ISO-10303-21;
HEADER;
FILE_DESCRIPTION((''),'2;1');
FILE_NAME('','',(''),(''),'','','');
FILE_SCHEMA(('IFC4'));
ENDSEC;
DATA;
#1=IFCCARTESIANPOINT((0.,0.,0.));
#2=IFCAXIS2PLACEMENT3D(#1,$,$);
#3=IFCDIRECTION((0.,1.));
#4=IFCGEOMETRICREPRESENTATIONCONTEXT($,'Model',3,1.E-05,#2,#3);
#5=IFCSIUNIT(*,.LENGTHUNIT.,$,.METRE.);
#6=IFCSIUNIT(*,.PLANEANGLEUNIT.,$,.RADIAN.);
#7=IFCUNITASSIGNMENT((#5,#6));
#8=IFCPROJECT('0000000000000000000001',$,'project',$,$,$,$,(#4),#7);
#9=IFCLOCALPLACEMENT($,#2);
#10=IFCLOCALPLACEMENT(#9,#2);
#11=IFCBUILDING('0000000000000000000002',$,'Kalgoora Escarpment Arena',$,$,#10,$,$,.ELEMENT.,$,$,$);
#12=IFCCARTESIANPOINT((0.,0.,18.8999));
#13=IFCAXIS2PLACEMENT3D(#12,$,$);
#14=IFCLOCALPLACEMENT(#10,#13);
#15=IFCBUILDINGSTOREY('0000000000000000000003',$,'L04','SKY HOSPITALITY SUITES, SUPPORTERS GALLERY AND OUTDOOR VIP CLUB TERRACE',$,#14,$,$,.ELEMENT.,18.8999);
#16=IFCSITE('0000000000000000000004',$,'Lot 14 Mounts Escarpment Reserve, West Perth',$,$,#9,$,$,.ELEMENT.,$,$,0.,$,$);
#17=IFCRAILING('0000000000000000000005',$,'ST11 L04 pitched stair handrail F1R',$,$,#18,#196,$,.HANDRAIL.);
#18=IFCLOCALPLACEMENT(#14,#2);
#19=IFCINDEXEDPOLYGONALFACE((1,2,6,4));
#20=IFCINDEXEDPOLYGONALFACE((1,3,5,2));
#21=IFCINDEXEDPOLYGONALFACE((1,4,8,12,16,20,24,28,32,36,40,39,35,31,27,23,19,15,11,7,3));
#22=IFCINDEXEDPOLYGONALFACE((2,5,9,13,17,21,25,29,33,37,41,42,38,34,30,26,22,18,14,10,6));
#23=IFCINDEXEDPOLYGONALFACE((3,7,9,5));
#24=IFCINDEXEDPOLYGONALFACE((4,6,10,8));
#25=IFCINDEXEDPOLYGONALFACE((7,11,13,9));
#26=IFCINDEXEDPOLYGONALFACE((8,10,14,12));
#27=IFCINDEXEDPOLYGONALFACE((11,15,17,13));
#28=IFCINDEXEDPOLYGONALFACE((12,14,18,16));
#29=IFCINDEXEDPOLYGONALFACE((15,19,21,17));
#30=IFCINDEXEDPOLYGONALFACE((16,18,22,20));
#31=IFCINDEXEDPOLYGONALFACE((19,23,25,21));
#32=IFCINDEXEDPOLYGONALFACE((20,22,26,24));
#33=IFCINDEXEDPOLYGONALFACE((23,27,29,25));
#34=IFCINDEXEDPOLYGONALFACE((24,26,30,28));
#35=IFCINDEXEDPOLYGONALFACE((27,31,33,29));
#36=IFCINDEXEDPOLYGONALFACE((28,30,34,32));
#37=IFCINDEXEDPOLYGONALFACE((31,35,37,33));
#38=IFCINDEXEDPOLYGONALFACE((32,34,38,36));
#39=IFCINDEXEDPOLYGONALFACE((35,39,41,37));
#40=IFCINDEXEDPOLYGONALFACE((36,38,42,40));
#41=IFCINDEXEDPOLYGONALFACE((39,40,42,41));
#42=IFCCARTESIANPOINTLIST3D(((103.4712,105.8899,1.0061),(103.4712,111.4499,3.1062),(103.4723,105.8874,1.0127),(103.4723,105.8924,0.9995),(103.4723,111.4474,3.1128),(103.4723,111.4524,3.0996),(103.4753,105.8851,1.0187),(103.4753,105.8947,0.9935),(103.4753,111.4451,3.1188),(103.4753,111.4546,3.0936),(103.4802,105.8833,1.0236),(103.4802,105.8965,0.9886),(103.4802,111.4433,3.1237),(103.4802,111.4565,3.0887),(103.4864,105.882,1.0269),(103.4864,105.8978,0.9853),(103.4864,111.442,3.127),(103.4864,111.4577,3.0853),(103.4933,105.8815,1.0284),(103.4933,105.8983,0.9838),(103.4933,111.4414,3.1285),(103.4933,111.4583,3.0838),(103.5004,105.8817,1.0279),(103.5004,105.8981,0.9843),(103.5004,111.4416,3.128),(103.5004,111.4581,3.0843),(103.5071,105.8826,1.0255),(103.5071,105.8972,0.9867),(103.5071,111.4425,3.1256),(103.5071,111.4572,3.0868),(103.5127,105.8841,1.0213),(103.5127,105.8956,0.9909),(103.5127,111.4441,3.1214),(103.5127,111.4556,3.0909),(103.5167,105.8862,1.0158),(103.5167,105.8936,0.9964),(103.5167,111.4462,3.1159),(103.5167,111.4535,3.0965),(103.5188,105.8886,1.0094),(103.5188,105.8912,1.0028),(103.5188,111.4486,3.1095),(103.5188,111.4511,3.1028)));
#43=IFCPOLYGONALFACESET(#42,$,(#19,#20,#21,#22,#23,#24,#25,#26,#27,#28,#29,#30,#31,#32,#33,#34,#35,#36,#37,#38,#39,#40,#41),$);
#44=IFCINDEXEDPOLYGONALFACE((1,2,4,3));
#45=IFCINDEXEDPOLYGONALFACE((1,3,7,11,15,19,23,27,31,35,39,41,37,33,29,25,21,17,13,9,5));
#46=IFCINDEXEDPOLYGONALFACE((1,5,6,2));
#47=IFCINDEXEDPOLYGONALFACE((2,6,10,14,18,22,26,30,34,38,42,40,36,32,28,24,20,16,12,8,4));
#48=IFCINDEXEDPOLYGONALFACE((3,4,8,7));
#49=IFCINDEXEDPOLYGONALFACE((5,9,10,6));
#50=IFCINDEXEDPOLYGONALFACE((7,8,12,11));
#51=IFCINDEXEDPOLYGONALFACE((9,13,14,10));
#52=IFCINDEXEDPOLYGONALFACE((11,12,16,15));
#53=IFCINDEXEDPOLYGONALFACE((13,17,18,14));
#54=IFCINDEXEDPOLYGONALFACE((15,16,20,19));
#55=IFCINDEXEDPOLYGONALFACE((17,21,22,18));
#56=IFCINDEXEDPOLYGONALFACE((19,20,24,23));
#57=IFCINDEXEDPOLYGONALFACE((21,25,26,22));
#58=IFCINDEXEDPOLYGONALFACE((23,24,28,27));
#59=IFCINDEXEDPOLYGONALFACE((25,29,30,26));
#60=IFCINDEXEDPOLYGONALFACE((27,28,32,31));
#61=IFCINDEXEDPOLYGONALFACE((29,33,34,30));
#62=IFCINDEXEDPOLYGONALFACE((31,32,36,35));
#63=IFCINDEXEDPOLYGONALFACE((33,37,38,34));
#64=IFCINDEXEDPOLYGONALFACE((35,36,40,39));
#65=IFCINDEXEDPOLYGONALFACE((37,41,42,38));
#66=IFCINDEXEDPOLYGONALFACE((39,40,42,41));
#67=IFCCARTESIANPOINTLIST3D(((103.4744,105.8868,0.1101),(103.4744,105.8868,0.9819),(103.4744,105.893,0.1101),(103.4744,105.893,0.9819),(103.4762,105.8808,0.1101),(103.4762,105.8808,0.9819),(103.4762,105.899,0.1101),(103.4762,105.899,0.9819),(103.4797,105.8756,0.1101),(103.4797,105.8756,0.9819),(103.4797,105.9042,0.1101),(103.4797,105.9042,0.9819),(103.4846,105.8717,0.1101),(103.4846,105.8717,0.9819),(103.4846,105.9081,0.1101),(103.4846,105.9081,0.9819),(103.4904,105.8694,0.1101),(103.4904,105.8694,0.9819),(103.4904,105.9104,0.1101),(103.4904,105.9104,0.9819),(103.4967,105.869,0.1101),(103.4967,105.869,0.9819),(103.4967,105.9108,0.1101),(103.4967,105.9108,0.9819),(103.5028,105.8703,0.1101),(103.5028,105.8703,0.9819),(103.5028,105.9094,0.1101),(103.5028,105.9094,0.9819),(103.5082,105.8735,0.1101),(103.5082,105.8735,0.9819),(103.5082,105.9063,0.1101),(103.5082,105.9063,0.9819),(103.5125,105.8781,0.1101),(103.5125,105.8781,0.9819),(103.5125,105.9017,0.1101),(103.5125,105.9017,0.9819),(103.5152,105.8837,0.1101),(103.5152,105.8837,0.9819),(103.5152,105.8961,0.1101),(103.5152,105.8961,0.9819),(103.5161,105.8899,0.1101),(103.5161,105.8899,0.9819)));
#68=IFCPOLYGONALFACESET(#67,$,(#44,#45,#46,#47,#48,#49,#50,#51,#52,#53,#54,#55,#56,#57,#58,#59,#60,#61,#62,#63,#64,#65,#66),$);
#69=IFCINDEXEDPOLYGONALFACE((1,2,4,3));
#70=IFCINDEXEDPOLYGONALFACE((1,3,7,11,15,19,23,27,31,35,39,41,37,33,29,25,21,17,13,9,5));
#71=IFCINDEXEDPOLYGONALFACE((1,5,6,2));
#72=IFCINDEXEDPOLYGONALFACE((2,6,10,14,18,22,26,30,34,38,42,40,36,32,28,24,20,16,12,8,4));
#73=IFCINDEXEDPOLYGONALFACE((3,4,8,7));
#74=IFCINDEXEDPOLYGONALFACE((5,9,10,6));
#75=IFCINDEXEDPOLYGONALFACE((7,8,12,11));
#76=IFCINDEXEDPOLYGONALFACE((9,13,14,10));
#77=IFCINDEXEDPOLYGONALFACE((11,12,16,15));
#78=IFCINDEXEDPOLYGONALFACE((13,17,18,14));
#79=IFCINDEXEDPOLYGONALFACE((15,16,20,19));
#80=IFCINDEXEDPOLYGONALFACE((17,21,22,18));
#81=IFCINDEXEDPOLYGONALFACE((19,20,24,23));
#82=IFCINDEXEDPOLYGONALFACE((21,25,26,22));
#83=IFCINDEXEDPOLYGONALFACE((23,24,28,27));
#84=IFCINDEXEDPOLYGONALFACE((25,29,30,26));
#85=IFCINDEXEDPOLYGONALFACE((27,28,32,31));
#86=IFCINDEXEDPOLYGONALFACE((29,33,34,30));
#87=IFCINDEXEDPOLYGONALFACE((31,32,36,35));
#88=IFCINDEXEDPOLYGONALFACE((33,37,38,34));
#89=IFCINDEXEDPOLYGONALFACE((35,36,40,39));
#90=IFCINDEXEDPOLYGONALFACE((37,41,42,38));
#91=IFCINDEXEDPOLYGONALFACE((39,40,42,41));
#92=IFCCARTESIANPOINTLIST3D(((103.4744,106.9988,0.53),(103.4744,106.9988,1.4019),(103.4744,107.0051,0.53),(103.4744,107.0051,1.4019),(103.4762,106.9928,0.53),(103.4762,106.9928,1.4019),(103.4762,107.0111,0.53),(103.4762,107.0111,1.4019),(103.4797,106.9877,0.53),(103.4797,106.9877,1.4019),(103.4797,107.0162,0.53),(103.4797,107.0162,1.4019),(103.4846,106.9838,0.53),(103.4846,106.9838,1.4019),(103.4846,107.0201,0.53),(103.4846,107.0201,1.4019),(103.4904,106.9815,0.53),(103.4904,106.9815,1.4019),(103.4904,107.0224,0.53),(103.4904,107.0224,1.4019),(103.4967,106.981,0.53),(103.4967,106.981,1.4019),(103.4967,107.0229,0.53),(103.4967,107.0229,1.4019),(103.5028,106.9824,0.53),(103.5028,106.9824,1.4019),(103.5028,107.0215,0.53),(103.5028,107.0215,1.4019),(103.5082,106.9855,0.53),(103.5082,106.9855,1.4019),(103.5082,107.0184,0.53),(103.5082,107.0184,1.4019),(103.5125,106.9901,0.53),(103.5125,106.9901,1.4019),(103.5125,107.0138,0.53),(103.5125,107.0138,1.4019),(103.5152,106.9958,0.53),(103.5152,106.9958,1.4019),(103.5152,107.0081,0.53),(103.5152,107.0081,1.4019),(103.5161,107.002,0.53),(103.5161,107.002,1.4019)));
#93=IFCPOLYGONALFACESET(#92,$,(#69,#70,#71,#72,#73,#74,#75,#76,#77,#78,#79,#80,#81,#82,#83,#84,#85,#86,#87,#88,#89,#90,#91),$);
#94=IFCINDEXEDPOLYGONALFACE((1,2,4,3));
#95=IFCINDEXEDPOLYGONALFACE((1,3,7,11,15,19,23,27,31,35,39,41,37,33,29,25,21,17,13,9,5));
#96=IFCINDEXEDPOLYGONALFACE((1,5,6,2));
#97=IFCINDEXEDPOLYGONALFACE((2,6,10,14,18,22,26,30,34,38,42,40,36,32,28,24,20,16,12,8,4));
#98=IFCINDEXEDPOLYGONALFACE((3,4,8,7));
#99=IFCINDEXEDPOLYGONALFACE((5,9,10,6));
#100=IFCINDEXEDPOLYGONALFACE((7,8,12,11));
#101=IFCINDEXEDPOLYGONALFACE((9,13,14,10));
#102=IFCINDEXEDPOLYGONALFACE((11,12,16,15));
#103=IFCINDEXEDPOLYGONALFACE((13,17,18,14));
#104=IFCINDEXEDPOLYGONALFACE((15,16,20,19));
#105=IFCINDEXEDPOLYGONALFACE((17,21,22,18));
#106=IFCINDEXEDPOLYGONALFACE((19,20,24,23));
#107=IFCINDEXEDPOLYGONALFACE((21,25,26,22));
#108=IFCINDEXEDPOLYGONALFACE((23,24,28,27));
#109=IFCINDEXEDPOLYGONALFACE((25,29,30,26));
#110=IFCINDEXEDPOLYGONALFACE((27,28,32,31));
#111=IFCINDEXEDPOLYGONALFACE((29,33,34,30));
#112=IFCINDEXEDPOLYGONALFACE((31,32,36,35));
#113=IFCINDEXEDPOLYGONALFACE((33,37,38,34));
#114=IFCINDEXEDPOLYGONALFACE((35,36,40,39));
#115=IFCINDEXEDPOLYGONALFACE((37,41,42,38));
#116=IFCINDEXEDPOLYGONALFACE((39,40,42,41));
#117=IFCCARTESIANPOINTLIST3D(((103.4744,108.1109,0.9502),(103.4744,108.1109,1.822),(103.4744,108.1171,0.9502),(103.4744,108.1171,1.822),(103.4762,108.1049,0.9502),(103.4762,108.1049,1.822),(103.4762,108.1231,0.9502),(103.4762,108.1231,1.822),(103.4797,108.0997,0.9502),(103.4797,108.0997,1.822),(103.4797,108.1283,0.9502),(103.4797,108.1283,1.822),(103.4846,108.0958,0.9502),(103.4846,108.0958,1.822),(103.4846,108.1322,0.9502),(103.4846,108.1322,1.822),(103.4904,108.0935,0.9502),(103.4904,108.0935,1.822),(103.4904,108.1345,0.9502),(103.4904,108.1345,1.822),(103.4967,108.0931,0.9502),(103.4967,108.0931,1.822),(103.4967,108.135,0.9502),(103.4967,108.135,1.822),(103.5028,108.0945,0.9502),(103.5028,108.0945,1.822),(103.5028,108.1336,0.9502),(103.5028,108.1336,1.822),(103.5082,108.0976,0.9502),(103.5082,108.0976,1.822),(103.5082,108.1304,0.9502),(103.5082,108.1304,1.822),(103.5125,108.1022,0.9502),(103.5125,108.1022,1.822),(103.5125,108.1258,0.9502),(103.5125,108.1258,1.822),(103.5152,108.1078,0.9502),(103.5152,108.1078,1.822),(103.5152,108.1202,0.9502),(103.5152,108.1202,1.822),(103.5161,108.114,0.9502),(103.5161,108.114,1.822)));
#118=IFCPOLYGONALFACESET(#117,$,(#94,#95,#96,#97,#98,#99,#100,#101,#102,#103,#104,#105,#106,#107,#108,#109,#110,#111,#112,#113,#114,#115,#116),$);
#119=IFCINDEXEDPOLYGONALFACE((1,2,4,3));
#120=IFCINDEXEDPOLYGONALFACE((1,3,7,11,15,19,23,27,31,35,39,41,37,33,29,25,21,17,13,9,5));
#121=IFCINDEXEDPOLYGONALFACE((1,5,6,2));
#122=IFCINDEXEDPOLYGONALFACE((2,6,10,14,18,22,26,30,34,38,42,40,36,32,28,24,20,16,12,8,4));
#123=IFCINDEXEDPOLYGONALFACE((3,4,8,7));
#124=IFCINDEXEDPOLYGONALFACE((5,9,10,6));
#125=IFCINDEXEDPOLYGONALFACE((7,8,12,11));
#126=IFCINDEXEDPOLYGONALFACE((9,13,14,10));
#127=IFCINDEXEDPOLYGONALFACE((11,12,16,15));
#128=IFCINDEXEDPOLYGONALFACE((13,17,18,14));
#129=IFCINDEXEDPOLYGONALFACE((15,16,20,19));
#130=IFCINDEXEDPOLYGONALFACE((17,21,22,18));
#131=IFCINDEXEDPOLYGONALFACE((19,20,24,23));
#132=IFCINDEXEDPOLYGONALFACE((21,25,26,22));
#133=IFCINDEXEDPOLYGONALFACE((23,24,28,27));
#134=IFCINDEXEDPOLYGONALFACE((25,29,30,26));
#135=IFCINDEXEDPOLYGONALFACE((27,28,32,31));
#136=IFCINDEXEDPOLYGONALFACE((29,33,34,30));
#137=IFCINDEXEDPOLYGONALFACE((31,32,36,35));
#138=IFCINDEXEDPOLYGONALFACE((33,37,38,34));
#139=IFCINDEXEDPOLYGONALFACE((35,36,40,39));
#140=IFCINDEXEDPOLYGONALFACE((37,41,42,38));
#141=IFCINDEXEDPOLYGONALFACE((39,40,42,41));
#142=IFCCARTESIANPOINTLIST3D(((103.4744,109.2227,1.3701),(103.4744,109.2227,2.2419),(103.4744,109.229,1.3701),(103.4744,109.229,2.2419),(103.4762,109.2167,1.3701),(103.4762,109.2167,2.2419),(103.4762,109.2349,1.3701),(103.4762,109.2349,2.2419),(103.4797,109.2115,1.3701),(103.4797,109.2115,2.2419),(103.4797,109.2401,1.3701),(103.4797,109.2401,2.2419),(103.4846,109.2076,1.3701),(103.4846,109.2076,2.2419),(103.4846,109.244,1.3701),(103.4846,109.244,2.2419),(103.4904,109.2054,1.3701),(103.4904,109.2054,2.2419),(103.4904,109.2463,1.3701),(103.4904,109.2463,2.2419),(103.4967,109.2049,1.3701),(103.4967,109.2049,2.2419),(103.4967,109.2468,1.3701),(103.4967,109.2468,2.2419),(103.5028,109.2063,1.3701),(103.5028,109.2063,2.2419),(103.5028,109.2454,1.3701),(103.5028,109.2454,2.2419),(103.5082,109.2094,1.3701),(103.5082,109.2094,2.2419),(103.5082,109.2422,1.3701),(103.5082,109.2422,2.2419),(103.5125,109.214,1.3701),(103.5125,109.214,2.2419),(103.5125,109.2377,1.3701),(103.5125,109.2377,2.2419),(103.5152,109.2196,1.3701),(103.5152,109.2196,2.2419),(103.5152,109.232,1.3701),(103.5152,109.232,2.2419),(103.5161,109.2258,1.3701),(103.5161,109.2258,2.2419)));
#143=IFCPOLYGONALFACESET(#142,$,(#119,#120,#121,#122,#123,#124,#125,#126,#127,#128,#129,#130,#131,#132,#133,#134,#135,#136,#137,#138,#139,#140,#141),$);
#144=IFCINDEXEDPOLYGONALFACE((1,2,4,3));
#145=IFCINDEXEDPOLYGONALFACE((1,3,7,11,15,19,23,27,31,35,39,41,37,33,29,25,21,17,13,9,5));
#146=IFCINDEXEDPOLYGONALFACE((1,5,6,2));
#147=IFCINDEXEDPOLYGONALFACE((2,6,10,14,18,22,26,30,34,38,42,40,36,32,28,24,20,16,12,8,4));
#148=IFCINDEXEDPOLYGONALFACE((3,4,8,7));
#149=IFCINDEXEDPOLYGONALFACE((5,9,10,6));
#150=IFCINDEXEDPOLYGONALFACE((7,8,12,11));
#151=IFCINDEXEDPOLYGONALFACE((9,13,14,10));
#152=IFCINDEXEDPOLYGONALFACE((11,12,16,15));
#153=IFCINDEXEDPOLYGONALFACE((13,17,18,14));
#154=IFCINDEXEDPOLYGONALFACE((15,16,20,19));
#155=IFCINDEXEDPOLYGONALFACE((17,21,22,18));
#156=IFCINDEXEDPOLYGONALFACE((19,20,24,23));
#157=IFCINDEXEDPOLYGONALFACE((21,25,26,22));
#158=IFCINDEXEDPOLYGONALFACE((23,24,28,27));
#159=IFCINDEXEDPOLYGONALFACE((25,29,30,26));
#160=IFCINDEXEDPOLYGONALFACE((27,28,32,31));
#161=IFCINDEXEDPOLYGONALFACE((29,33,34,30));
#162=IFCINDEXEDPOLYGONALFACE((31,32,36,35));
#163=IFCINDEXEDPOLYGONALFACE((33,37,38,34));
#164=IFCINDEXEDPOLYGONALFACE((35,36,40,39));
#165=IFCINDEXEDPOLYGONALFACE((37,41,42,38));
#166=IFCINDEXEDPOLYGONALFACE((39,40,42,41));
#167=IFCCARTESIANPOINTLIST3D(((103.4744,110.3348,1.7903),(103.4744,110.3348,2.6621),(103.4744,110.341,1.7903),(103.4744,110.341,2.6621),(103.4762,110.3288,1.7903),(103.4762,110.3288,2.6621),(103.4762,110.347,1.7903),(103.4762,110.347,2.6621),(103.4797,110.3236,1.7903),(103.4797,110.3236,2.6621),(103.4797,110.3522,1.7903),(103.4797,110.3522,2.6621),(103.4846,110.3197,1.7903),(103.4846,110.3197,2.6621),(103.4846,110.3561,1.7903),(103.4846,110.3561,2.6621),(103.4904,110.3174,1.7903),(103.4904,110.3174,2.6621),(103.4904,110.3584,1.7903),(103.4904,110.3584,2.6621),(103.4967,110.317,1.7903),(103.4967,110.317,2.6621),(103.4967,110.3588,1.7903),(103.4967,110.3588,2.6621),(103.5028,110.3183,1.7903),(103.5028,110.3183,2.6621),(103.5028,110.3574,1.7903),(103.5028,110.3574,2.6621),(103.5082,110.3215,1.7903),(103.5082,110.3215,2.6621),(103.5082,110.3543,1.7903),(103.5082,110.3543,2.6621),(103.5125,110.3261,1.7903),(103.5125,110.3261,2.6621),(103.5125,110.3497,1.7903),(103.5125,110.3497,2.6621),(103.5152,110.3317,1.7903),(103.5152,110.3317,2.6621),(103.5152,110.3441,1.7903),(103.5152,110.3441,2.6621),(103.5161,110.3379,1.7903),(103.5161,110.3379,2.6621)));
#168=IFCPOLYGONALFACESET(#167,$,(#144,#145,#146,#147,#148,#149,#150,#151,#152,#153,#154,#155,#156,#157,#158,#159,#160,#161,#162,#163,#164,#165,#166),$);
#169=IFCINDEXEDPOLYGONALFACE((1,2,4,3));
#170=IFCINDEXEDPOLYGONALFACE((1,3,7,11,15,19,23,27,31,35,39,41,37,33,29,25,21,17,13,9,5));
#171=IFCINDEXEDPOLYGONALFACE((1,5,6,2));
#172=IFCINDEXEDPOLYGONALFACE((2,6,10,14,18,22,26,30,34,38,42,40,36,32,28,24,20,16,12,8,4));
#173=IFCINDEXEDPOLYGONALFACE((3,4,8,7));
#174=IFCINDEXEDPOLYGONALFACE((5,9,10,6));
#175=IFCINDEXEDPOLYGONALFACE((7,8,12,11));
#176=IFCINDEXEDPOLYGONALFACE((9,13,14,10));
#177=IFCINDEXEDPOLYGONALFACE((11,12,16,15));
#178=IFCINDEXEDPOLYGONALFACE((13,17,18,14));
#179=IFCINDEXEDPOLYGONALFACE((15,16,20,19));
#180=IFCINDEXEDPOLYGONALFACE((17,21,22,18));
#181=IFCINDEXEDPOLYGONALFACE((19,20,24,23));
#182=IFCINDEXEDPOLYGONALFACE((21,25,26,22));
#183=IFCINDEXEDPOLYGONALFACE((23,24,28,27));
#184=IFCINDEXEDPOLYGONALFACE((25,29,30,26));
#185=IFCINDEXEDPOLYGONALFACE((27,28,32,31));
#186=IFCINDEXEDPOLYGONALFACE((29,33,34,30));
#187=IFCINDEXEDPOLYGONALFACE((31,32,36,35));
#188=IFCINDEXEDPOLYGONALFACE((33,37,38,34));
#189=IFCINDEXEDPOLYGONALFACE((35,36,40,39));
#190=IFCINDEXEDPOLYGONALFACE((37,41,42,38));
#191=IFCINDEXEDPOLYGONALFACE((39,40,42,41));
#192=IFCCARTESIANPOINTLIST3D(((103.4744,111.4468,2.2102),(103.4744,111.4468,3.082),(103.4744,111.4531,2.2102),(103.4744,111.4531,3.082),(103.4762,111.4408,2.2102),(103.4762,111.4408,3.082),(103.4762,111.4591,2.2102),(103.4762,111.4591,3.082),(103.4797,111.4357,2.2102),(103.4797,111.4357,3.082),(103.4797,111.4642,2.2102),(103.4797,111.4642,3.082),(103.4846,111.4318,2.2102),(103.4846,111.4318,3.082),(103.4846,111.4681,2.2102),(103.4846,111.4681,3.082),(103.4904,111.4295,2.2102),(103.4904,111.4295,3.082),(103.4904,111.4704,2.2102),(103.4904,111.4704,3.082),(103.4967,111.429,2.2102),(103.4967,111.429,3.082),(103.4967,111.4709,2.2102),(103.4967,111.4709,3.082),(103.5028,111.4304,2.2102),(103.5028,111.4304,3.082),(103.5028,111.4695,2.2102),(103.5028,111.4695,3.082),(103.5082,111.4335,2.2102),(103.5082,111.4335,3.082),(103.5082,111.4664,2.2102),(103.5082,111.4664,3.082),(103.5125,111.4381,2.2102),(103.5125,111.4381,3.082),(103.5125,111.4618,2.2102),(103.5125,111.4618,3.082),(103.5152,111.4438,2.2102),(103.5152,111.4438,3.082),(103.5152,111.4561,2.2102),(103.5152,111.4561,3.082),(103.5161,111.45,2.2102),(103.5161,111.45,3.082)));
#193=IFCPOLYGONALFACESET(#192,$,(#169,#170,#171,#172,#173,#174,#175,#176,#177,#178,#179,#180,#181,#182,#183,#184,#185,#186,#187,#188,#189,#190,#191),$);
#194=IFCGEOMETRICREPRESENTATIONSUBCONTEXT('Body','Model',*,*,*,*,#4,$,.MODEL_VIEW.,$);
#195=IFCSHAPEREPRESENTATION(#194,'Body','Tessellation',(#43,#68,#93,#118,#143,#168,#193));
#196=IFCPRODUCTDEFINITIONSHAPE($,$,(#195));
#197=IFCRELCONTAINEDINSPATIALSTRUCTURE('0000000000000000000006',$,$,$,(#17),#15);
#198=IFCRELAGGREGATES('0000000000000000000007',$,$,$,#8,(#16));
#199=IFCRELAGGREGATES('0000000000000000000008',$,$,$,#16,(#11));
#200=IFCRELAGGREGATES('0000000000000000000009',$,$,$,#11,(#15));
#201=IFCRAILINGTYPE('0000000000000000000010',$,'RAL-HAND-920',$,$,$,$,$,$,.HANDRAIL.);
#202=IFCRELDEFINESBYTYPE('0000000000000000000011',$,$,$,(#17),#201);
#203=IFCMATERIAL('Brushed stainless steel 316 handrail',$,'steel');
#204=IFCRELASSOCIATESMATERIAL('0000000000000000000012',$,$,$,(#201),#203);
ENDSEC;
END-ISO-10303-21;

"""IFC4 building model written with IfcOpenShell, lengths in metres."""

from ifc_helpers import new_model, si_unit, direction, frame, origin, origin_2d, place, context, subcontext, project, spatial, circle, extrude, material, type_object, element, save


model = new_model("IFC4")

# Units and contexts
model_context = context("Model", 3, precision=1e-05, world=origin(), true_north=direction((0.0, 1.0)))
body_context = subcontext(model_context, "Body", "Model", "MODEL_VIEW")
ifc_project = project(units=[si_unit("LENGTHUNIT", "METRE"), si_unit("PLANEANGLEUNIT", "RADIAN")], contexts=[model_context])

# Site, building, storey
site_placement = place(None, origin())
site = spatial("IfcSite", under=ifc_project, at=site_placement, Name="Lot 14 Mounts Escarpment Reserve, West Perth", CompositionType="ELEMENT", RefElevation=0.0)
building_placement = place(site_placement, origin())
building = spatial("IfcBuilding", under=site, at=building_placement, Name="Kalgoora Escarpment Arena", CompositionType="ELEMENT")
storey_placement = place(building_placement, frame((0.0, 0.0, 18.8999)))
storey = spatial("IfcBuildingStorey", under=building, at=storey_placement, Name="L04", Description="SKY HOSPITALITY SUITES, SUPPORTERS GALLERY AND OUTDOOR VIP CLUB TERRACE", CompositionType="ELEMENT", Elevation=18.8999)

# Railing
ifc_material_1 = material(Name="Brushed stainless steel 316 handrail", Category="steel")
railing_type_1 = type_object("IfcRailingType", Name="RAL-HAND-920", PredefinedType="HANDRAIL", material=ifc_material_1)
railing_1_placement = place(storey_placement, frame((103.4951, 105.8899, 0.1101)))
element("IfcRailing", 1, at=railing_1_placement, inside=storey, type_object=railing_type_1, Name="ST11 L04 pitched stair handrail F1R", PredefinedType="HANDRAIL", context=body_context, shape_type="SweptSolid", body=[
    extrude(circle(Radius=0.0239, at=origin_2d()), frame((0.0, 0.0, 0.896), z_axis=(0.0, 0.935493, 0.353346), x_axis=(-1.0, 0.0, 0.0)), (0.0, 0.0, 1.0), 5.9434),
    extrude(circle(Radius=0.021, at=origin_2d()), origin(), (0.0, 0.0, 1.0), 0.8718),
    extrude(circle(Radius=0.021, at=origin_2d()), frame((0.0, 1.1121, 0.4199)), (0.0, 0.0, 1.0), 0.8718),
    extrude(circle(Radius=0.021, at=origin_2d()), frame((0.0, 2.2241, 0.8401)), (0.0, 0.0, 1.0), 0.8718),
    extrude(circle(Radius=0.021, at=origin_2d()), frame((0.0, 3.3359, 1.26)), (0.0, 0.0, 1.0), 0.8718),
    extrude(circle(Radius=0.021, at=origin_2d()), frame((0.0, 4.448, 1.6802)), (0.0, 0.0, 1.0), 0.8718),
    extrude(circle(Radius=0.021, at=origin_2d()), frame((0.0, 5.5601, 2.1001)), (0.0, 0.0, 1.0), 0.8718),
])

save(model, "model.ifc")
